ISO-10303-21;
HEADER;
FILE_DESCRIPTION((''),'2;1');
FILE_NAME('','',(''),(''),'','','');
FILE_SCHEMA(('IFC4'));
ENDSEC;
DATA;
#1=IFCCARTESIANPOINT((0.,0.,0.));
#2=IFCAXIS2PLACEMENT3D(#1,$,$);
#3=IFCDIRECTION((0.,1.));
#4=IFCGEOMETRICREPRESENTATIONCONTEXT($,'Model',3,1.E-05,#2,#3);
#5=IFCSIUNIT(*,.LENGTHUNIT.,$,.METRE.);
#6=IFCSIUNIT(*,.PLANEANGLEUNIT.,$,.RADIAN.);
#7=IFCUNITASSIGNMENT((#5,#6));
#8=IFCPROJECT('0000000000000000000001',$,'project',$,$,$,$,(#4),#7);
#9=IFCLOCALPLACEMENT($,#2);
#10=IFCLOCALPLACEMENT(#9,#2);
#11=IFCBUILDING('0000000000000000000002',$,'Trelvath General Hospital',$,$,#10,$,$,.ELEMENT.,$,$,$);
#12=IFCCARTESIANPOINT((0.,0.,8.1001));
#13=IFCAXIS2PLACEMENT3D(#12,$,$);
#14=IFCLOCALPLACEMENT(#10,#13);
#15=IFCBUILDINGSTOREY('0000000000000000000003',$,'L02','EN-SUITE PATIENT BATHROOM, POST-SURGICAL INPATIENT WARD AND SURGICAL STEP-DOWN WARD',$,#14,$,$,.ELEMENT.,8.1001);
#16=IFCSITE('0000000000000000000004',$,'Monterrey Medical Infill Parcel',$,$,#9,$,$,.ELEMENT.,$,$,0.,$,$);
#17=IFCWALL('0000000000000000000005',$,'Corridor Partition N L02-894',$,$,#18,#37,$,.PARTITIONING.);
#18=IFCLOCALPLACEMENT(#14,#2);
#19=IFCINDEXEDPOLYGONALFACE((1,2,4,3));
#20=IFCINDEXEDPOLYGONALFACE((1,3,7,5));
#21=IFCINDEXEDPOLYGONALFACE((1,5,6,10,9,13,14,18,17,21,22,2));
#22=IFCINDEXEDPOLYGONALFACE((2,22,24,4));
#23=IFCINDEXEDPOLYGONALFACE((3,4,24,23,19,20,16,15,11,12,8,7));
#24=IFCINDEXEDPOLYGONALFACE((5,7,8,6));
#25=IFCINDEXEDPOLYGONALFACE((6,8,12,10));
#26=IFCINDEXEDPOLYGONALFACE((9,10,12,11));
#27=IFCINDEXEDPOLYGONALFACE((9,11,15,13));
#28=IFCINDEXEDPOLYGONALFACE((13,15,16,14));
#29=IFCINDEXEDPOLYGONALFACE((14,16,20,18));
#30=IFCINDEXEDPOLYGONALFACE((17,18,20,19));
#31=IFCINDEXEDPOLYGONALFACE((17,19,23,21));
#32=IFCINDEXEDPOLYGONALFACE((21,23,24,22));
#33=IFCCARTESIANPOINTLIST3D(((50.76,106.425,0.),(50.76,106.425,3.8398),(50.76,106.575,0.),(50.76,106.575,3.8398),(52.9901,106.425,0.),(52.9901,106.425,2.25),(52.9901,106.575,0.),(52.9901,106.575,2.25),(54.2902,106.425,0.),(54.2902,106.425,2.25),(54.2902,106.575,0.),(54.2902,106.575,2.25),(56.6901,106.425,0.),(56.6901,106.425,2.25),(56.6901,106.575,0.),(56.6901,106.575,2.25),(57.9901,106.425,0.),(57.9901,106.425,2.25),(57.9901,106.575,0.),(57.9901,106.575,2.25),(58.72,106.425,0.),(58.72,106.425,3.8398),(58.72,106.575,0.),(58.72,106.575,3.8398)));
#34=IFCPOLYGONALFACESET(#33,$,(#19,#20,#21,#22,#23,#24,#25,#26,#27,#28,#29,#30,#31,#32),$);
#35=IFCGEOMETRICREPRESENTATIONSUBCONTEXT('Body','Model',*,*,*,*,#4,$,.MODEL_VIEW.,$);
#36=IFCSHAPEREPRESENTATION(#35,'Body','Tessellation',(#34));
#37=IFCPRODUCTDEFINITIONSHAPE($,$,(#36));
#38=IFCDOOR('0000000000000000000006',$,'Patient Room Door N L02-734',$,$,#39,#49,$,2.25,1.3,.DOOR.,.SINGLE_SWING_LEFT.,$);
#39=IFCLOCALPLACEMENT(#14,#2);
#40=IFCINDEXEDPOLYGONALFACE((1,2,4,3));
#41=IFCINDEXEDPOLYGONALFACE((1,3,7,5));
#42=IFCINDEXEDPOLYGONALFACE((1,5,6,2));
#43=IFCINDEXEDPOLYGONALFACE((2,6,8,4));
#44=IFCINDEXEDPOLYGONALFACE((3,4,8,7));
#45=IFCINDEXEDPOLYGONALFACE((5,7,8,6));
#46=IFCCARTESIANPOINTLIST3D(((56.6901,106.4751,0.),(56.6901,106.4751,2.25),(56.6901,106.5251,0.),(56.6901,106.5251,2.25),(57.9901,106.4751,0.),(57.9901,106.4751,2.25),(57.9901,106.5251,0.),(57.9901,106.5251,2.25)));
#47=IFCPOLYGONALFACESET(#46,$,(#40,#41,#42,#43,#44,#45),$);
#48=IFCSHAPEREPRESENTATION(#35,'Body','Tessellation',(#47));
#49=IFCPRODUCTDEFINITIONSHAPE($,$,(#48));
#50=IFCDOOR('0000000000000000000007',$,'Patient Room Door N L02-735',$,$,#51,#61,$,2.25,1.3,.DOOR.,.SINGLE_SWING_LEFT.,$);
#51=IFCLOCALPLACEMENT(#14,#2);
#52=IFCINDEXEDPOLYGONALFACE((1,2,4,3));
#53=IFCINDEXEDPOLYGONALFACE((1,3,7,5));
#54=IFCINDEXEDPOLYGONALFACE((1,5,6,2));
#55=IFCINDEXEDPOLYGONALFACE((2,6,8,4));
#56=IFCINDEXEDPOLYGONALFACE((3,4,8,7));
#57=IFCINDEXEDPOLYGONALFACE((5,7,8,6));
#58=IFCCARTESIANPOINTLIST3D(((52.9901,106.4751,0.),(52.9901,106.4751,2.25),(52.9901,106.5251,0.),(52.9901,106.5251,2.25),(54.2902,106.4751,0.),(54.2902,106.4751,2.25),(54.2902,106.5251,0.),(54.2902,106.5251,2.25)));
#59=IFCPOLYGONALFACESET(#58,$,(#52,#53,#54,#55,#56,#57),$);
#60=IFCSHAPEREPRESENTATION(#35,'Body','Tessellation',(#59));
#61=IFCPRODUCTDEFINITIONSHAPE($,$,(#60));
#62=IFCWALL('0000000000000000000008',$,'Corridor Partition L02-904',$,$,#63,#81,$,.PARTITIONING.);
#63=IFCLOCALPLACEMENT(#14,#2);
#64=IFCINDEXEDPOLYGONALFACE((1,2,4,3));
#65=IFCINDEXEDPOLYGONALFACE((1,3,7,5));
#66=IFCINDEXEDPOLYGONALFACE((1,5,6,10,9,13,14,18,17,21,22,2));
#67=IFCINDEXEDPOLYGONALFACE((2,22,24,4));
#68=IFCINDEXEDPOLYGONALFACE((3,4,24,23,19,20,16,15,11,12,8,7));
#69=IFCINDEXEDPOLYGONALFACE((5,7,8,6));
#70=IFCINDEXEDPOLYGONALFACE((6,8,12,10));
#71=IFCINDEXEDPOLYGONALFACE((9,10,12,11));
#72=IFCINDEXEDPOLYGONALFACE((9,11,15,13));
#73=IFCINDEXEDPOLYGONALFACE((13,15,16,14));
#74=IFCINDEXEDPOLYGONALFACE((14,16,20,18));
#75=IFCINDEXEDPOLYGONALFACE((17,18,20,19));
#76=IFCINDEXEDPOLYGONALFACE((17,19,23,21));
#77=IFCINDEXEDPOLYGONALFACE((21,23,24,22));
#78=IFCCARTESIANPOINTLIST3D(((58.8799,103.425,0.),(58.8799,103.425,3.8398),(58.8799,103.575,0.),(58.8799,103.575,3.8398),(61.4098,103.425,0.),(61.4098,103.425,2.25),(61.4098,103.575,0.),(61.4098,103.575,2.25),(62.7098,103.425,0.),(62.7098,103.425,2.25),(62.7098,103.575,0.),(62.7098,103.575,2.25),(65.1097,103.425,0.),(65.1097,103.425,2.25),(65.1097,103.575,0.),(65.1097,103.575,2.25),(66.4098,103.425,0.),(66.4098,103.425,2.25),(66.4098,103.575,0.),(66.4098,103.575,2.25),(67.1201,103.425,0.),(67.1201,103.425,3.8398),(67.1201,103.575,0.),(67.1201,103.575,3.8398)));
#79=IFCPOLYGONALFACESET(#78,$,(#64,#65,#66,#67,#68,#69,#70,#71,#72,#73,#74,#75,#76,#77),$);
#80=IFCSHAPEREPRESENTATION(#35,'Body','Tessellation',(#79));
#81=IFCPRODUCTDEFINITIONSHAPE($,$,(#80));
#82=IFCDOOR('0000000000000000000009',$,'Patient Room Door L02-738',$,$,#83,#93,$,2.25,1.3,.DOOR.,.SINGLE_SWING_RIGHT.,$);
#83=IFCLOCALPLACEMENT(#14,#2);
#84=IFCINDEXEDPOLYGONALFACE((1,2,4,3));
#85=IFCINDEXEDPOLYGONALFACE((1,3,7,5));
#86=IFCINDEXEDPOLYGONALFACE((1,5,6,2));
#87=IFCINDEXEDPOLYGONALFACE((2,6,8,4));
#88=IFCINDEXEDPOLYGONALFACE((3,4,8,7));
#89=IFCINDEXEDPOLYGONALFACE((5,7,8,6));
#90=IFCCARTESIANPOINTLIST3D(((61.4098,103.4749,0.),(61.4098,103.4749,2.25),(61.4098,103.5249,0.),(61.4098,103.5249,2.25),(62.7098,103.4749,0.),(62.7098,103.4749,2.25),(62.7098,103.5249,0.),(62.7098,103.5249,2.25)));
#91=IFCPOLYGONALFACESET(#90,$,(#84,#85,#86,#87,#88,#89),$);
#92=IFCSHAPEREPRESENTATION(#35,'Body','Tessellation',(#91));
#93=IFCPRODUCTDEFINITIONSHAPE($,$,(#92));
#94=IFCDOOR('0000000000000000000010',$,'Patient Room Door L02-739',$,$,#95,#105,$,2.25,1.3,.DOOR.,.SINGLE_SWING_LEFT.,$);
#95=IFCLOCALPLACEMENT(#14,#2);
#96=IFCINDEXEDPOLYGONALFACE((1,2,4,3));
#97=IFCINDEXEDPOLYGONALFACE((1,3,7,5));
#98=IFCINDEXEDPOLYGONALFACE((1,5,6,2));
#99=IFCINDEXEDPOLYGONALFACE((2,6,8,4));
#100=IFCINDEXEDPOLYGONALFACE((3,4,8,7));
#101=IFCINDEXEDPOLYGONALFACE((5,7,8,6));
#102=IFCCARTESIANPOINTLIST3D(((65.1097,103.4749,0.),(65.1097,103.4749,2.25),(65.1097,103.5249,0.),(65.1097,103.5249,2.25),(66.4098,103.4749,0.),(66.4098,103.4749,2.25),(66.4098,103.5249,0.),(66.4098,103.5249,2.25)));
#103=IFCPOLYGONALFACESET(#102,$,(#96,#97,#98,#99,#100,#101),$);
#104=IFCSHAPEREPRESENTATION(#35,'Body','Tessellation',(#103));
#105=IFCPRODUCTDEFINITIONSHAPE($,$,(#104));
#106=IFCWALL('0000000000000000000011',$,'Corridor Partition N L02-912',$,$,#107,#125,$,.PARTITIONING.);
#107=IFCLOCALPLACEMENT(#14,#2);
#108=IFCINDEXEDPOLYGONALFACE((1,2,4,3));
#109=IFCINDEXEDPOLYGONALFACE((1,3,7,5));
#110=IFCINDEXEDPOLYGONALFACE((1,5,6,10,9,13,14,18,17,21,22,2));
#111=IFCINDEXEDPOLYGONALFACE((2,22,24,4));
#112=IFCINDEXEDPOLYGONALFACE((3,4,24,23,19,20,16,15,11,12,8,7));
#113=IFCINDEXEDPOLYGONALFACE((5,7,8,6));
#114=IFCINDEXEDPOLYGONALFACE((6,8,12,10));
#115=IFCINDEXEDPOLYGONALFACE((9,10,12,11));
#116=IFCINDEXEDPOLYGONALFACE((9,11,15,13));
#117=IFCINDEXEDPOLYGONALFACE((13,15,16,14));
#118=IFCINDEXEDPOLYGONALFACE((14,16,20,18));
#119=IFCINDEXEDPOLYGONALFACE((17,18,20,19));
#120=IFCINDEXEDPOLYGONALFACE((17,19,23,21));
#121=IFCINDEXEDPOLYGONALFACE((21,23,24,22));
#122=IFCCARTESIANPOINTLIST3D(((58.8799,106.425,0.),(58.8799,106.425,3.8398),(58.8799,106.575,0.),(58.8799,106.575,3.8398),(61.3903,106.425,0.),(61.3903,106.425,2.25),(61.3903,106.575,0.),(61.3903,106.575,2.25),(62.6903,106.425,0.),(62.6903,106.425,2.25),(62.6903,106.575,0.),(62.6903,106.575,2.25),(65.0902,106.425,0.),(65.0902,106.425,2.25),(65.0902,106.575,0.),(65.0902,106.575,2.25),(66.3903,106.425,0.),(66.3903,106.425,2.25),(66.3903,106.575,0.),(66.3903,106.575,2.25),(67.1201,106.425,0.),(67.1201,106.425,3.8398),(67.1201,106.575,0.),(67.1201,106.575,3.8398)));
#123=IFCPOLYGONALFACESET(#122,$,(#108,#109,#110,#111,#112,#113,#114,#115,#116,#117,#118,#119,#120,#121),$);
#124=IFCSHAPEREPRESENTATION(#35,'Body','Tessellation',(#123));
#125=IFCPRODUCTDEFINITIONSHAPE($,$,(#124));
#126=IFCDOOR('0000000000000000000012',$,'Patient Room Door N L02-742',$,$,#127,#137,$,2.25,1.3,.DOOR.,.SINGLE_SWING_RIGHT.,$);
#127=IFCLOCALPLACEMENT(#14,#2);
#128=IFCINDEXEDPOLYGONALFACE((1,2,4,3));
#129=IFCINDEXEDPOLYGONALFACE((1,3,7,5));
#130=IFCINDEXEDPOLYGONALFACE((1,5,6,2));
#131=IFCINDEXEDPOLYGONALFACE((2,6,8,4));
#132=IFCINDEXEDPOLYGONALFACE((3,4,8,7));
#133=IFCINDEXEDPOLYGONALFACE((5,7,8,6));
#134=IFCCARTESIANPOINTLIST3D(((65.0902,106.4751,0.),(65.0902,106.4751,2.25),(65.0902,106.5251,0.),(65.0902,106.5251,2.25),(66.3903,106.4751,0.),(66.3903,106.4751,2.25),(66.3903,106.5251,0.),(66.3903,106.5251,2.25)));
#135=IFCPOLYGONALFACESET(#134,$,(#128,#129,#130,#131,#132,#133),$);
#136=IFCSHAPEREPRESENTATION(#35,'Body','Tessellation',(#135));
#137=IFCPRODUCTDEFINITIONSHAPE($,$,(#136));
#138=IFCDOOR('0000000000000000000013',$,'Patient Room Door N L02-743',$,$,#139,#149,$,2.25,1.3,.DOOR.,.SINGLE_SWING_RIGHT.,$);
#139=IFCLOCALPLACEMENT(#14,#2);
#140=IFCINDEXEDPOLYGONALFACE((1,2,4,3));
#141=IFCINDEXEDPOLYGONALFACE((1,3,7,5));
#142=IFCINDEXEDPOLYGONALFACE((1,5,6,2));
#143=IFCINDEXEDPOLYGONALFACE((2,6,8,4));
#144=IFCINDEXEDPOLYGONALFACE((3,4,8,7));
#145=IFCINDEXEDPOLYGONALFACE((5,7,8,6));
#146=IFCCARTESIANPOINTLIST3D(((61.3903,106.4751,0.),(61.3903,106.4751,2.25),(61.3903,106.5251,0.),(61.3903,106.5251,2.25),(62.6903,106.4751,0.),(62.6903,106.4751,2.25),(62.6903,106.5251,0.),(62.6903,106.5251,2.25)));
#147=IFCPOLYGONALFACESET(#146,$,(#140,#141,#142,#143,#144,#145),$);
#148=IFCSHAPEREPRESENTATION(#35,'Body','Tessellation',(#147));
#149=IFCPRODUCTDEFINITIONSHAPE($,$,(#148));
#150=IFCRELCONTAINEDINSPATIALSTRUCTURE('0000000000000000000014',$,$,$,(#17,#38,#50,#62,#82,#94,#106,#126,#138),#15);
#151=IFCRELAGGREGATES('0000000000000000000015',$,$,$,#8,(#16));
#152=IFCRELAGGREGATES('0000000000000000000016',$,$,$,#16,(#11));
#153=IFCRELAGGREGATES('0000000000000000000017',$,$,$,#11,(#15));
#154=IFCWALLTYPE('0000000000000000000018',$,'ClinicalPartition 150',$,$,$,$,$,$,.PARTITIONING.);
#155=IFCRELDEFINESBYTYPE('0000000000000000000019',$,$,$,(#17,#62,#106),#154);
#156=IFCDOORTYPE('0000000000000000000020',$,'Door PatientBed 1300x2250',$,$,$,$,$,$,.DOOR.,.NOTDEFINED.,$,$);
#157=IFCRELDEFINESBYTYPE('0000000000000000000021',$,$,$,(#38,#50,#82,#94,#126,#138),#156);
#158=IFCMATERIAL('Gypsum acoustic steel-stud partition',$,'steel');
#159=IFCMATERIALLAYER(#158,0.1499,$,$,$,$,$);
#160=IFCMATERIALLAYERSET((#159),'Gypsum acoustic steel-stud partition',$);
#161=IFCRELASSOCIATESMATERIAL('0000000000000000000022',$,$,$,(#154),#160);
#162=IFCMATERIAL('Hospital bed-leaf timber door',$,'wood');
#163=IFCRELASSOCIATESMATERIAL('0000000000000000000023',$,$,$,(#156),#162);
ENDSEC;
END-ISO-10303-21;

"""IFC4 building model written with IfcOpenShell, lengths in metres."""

from ifc_helpers import new_model, si_unit, direction, frame, frame_2d, origin, place, context, subcontext, project, spatial, rectangle, extrude, material, layer, layer_set, type_object, element, fill, save


model = new_model("IFC4")

# Units and contexts
model_context = context("Model", 3, precision=1e-05, world=origin(), true_north=direction((0.0, 1.0)))
body_context = subcontext(model_context, "Body", "Model", "MODEL_VIEW")
ifc_project = project(units=[si_unit("LENGTHUNIT", "METRE"), si_unit("PLANEANGLEUNIT", "RADIAN")], contexts=[model_context])

# Site, building, storey
site_placement = place(None, origin())
site = spatial("IfcSite", under=ifc_project, at=site_placement, Name="Monterrey Medical Infill Parcel", CompositionType="ELEMENT", RefElevation=0.0)
building_placement = place(site_placement, origin())
building = spatial("IfcBuilding", under=site, at=building_placement, Name="Trelvath General Hospital", CompositionType="ELEMENT")
storey_placement = place(building_placement, frame((0.0, 0.0, 8.1001)))
storey = spatial("IfcBuildingStorey", under=building, at=storey_placement, Name="L02", Description="EN-SUITE PATIENT BATHROOM, POST-SURGICAL INPATIENT WARD AND SURGICAL STEP-DOWN WARD", CompositionType="ELEMENT", Elevation=8.1001)

# Walls, openings, doors
ifc_material_1 = material(Name="Gypsum acoustic steel-stud partition", Category="steel")
ifc_layer_1 = layer(ifc_material_1, 0.1499)
ifc_layer_set_1 = layer_set([ifc_layer_1], Name="Gypsum acoustic steel-stud partition")
wall_type_1 = type_object("IfcWallType", Name="ClinicalPartition 150", PredefinedType="PARTITIONING", material=ifc_layer_set_1)
wall_1_placement = place(storey_placement, frame((58.72, 106.5, 0.0), z_axis=(0.0, 0.0, 1.0), x_axis=(-1.0, 0.0, 0.0)))
wall_1 = element("IfcWall", 1, at=wall_1_placement, inside=storey, type_object=wall_type_1, Name="Corridor Partition N L02-894", PredefinedType="PARTITIONING", context=body_context, shape_type="SweptSolid", body=[
    extrude(rectangle(XDim=7.96, YDim=0.1499, at=frame_2d((3.98, 0.0))), origin(), (0.0, 0.0, 1.0), 3.8398),
])
opening_1_placement = place(wall_1_placement, frame((0.73, 0.0, 0.0)))
opening_1 = element("IfcOpeningElement", 2, at=opening_1_placement, cuts=wall_1, PredefinedType="OPENING", context=body_context, shape_type="SweptSolid", body=[
    extrude(rectangle(XDim=1.3, YDim=2.25, at=frame_2d((0.6499, 1.125))), frame((0.0, 0.085, 0.0), z_axis=(0.0, -1.0, 0.0), x_axis=(1.0, 0.0, 0.0)), (0.0, 0.0, 1.0), 0.1699),
])
opening_2_placement = place(wall_1_placement, frame((4.4299, 0.0, 0.0)))
opening_2 = element("IfcOpeningElement", 3, at=opening_2_placement, cuts=wall_1, PredefinedType="OPENING", context=body_context, shape_type="SweptSolid", body=[
    extrude(rectangle(XDim=1.3, YDim=2.25, at=frame_2d((0.6499, 1.125))), frame((0.0, 0.085, 0.0), z_axis=(0.0, -1.0, 0.0), x_axis=(1.0, 0.0, 0.0)), (0.0, 0.0, 1.0), 0.1699),
])
ifc_material_2 = material(Name="Hospital bed-leaf timber door", Category="wood")
door_type_1 = type_object("IfcDoorType", Name="Door PatientBed 1300x2250", OperationType="NOTDEFINED", PredefinedType="DOOR", material=ifc_material_2)
door_1_placement = place(opening_1_placement, origin())
door_1 = element("IfcDoor", 4, at=door_1_placement, inside=storey, type_object=door_type_1, Name="Patient Room Door N L02-734", OperationType="SINGLE_SWING_LEFT", OverallHeight=2.25, OverallWidth=1.3, PredefinedType="DOOR", context=body_context, shape_type="SweptSolid", body=[
    extrude(rectangle(XDim=1.3, YDim=2.25, at=frame_2d((0.6499, 1.125))), frame((0.0, 0.0249, 0.0), z_axis=(0.0, -1.0, 0.0), x_axis=(1.0, 0.0, 0.0)), (0.0, 0.0, 1.0), 0.05),
])
fill(opening_1, door_1)
door_2_placement = place(opening_2_placement, origin())
door_2 = element("IfcDoor", 5, at=door_2_placement, inside=storey, type_object=door_type_1, Name="Patient Room Door N L02-735", OperationType="SINGLE_SWING_LEFT", OverallHeight=2.25, OverallWidth=1.3, PredefinedType="DOOR", context=body_context, shape_type="SweptSolid", body=[
    extrude(rectangle(XDim=1.3, YDim=2.25, at=frame_2d((0.6499, 1.125))), frame((0.0, 0.0249, 0.0), z_axis=(0.0, -1.0, 0.0), x_axis=(1.0, 0.0, 0.0)), (0.0, 0.0, 1.0), 0.05),
])
fill(opening_2, door_2)
wall_2_placement = place(storey_placement, frame((58.8799, 103.5, 0.0), z_axis=(0.0, 0.0, 1.0), x_axis=(1.0, 0.0, 0.0)))
wall_2 = element("IfcWall", 6, at=wall_2_placement, inside=storey, type_object=wall_type_1, Name="Corridor Partition L02-904", PredefinedType="PARTITIONING", context=body_context, shape_type="SweptSolid", body=[
    extrude(rectangle(XDim=8.2402, YDim=0.1499, at=frame_2d((4.1201, 0.0))), origin(), (0.0, 0.0, 1.0), 3.8398),
])
opening_3_placement = place(wall_2_placement, frame((2.53, 0.0, 0.0)))
opening_3 = element("IfcOpeningElement", 7, at=opening_3_placement, cuts=wall_2, PredefinedType="OPENING", context=body_context, shape_type="SweptSolid", body=[
    extrude(rectangle(XDim=1.3, YDim=2.25, at=frame_2d((0.6499, 1.125))), frame((0.0, 0.085, 0.0), z_axis=(0.0, -1.0, 0.0), x_axis=(1.0, 0.0, 0.0)), (0.0, 0.0, 1.0), 0.1699),
])
opening_4_placement = place(wall_2_placement, frame((6.23, 0.0, 0.0)))
opening_4 = element("IfcOpeningElement", 8, at=opening_4_placement, cuts=wall_2, PredefinedType="OPENING", context=body_context, shape_type="SweptSolid", body=[
    extrude(rectangle(XDim=1.3, YDim=2.25, at=frame_2d((0.6499, 1.125))), frame((0.0, 0.085, 0.0), z_axis=(0.0, -1.0, 0.0), x_axis=(1.0, 0.0, 0.0)), (0.0, 0.0, 1.0), 0.1699),
])
door_3_placement = place(opening_3_placement, origin())
door_3 = element("IfcDoor", 9, at=door_3_placement, inside=storey, type_object=door_type_1, Name="Patient Room Door L02-738", OperationType="SINGLE_SWING_RIGHT", OverallHeight=2.25, OverallWidth=1.3, PredefinedType="DOOR", context=body_context, shape_type="SweptSolid", body=[
    extrude(rectangle(XDim=1.3, YDim=2.25, at=frame_2d((0.6499, 1.125))), frame((0.0, 0.0249, 0.0), z_axis=(0.0, -1.0, 0.0), x_axis=(1.0, 0.0, 0.0)), (0.0, 0.0, 1.0), 0.05),
])
fill(opening_3, door_3)
door_4_placement = place(opening_4_placement, origin())
door_4 = element("IfcDoor", 10, at=door_4_placement, inside=storey, type_object=door_type_1, Name="Patient Room Door L02-739", OperationType="SINGLE_SWING_LEFT", OverallHeight=2.25, OverallWidth=1.3, PredefinedType="DOOR", context=body_context, shape_type="SweptSolid", body=[
    extrude(rectangle(XDim=1.3, YDim=2.25, at=frame_2d((0.6499, 1.125))), frame((0.0, 0.0249, 0.0), z_axis=(0.0, -1.0, 0.0), x_axis=(1.0, 0.0, 0.0)), (0.0, 0.0, 1.0), 0.05),
])
fill(opening_4, door_4)
wall_3_placement = place(storey_placement, frame((67.1201, 106.5, 0.0), z_axis=(0.0, 0.0, 1.0), x_axis=(-1.0, 0.0, 0.0)))
wall_3 = element("IfcWall", 11, at=wall_3_placement, inside=storey, type_object=wall_type_1, Name="Corridor Partition N L02-912", PredefinedType="PARTITIONING", context=body_context, shape_type="SweptSolid", body=[
    extrude(rectangle(XDim=8.2402, YDim=0.1499, at=frame_2d((4.1201, 0.0))), origin(), (0.0, 0.0, 1.0), 3.8398),
])
opening_5_placement = place(wall_3_placement, frame((0.73, 0.0, 0.0)))
opening_5 = element("IfcOpeningElement", 12, at=opening_5_placement, cuts=wall_3, PredefinedType="OPENING", context=body_context, shape_type="SweptSolid", body=[
    extrude(rectangle(XDim=1.3, YDim=2.25, at=frame_2d((0.6499, 1.125))), frame((0.0, 0.085, 0.0), z_axis=(0.0, -1.0, 0.0), x_axis=(1.0, 0.0, 0.0)), (0.0, 0.0, 1.0), 0.1699),
])
opening_6_placement = place(wall_3_placement, frame((4.4299, 0.0, 0.0)))
opening_6 = element("IfcOpeningElement", 13, at=opening_6_placement, cuts=wall_3, PredefinedType="OPENING", context=body_context, shape_type="SweptSolid", body=[
    extrude(rectangle(XDim=1.3, YDim=2.25, at=frame_2d((0.6499, 1.125))), frame((0.0, 0.085, 0.0), z_axis=(0.0, -1.0, 0.0), x_axis=(1.0, 0.0, 0.0)), (0.0, 0.0, 1.0), 0.1699),
])
door_5_placement = place(opening_5_placement, origin())
door_5 = element("IfcDoor", 14, at=door_5_placement, inside=storey, type_object=door_type_1, Name="Patient Room Door N L02-742", OperationType="SINGLE_SWING_RIGHT", OverallHeight=2.25, OverallWidth=1.3, PredefinedType="DOOR", context=body_context, shape_type="SweptSolid", body=[
    extrude(rectangle(XDim=1.3, YDim=2.25, at=frame_2d((0.6499, 1.125))), frame((0.0, 0.0249, 0.0), z_axis=(0.0, -1.0, 0.0), x_axis=(1.0, 0.0, 0.0)), (0.0, 0.0, 1.0), 0.05),
])
fill(opening_5, door_5)
door_6_placement = place(opening_6_placement, origin())
door_6 = element("IfcDoor", 15, at=door_6_placement, inside=storey, type_object=door_type_1, Name="Patient Room Door N L02-743", OperationType="SINGLE_SWING_RIGHT", OverallHeight=2.25, OverallWidth=1.3, PredefinedType="DOOR", context=body_context, shape_type="SweptSolid", body=[
    extrude(rectangle(XDim=1.3, YDim=2.25, at=frame_2d((0.6499, 1.125))), frame((0.0, 0.0249, 0.0), z_axis=(0.0, -1.0, 0.0), x_axis=(1.0, 0.0, 0.0)), (0.0, 0.0, 1.0), 0.05),
])
fill(opening_6, door_6)

save(model, "model.ifc")
